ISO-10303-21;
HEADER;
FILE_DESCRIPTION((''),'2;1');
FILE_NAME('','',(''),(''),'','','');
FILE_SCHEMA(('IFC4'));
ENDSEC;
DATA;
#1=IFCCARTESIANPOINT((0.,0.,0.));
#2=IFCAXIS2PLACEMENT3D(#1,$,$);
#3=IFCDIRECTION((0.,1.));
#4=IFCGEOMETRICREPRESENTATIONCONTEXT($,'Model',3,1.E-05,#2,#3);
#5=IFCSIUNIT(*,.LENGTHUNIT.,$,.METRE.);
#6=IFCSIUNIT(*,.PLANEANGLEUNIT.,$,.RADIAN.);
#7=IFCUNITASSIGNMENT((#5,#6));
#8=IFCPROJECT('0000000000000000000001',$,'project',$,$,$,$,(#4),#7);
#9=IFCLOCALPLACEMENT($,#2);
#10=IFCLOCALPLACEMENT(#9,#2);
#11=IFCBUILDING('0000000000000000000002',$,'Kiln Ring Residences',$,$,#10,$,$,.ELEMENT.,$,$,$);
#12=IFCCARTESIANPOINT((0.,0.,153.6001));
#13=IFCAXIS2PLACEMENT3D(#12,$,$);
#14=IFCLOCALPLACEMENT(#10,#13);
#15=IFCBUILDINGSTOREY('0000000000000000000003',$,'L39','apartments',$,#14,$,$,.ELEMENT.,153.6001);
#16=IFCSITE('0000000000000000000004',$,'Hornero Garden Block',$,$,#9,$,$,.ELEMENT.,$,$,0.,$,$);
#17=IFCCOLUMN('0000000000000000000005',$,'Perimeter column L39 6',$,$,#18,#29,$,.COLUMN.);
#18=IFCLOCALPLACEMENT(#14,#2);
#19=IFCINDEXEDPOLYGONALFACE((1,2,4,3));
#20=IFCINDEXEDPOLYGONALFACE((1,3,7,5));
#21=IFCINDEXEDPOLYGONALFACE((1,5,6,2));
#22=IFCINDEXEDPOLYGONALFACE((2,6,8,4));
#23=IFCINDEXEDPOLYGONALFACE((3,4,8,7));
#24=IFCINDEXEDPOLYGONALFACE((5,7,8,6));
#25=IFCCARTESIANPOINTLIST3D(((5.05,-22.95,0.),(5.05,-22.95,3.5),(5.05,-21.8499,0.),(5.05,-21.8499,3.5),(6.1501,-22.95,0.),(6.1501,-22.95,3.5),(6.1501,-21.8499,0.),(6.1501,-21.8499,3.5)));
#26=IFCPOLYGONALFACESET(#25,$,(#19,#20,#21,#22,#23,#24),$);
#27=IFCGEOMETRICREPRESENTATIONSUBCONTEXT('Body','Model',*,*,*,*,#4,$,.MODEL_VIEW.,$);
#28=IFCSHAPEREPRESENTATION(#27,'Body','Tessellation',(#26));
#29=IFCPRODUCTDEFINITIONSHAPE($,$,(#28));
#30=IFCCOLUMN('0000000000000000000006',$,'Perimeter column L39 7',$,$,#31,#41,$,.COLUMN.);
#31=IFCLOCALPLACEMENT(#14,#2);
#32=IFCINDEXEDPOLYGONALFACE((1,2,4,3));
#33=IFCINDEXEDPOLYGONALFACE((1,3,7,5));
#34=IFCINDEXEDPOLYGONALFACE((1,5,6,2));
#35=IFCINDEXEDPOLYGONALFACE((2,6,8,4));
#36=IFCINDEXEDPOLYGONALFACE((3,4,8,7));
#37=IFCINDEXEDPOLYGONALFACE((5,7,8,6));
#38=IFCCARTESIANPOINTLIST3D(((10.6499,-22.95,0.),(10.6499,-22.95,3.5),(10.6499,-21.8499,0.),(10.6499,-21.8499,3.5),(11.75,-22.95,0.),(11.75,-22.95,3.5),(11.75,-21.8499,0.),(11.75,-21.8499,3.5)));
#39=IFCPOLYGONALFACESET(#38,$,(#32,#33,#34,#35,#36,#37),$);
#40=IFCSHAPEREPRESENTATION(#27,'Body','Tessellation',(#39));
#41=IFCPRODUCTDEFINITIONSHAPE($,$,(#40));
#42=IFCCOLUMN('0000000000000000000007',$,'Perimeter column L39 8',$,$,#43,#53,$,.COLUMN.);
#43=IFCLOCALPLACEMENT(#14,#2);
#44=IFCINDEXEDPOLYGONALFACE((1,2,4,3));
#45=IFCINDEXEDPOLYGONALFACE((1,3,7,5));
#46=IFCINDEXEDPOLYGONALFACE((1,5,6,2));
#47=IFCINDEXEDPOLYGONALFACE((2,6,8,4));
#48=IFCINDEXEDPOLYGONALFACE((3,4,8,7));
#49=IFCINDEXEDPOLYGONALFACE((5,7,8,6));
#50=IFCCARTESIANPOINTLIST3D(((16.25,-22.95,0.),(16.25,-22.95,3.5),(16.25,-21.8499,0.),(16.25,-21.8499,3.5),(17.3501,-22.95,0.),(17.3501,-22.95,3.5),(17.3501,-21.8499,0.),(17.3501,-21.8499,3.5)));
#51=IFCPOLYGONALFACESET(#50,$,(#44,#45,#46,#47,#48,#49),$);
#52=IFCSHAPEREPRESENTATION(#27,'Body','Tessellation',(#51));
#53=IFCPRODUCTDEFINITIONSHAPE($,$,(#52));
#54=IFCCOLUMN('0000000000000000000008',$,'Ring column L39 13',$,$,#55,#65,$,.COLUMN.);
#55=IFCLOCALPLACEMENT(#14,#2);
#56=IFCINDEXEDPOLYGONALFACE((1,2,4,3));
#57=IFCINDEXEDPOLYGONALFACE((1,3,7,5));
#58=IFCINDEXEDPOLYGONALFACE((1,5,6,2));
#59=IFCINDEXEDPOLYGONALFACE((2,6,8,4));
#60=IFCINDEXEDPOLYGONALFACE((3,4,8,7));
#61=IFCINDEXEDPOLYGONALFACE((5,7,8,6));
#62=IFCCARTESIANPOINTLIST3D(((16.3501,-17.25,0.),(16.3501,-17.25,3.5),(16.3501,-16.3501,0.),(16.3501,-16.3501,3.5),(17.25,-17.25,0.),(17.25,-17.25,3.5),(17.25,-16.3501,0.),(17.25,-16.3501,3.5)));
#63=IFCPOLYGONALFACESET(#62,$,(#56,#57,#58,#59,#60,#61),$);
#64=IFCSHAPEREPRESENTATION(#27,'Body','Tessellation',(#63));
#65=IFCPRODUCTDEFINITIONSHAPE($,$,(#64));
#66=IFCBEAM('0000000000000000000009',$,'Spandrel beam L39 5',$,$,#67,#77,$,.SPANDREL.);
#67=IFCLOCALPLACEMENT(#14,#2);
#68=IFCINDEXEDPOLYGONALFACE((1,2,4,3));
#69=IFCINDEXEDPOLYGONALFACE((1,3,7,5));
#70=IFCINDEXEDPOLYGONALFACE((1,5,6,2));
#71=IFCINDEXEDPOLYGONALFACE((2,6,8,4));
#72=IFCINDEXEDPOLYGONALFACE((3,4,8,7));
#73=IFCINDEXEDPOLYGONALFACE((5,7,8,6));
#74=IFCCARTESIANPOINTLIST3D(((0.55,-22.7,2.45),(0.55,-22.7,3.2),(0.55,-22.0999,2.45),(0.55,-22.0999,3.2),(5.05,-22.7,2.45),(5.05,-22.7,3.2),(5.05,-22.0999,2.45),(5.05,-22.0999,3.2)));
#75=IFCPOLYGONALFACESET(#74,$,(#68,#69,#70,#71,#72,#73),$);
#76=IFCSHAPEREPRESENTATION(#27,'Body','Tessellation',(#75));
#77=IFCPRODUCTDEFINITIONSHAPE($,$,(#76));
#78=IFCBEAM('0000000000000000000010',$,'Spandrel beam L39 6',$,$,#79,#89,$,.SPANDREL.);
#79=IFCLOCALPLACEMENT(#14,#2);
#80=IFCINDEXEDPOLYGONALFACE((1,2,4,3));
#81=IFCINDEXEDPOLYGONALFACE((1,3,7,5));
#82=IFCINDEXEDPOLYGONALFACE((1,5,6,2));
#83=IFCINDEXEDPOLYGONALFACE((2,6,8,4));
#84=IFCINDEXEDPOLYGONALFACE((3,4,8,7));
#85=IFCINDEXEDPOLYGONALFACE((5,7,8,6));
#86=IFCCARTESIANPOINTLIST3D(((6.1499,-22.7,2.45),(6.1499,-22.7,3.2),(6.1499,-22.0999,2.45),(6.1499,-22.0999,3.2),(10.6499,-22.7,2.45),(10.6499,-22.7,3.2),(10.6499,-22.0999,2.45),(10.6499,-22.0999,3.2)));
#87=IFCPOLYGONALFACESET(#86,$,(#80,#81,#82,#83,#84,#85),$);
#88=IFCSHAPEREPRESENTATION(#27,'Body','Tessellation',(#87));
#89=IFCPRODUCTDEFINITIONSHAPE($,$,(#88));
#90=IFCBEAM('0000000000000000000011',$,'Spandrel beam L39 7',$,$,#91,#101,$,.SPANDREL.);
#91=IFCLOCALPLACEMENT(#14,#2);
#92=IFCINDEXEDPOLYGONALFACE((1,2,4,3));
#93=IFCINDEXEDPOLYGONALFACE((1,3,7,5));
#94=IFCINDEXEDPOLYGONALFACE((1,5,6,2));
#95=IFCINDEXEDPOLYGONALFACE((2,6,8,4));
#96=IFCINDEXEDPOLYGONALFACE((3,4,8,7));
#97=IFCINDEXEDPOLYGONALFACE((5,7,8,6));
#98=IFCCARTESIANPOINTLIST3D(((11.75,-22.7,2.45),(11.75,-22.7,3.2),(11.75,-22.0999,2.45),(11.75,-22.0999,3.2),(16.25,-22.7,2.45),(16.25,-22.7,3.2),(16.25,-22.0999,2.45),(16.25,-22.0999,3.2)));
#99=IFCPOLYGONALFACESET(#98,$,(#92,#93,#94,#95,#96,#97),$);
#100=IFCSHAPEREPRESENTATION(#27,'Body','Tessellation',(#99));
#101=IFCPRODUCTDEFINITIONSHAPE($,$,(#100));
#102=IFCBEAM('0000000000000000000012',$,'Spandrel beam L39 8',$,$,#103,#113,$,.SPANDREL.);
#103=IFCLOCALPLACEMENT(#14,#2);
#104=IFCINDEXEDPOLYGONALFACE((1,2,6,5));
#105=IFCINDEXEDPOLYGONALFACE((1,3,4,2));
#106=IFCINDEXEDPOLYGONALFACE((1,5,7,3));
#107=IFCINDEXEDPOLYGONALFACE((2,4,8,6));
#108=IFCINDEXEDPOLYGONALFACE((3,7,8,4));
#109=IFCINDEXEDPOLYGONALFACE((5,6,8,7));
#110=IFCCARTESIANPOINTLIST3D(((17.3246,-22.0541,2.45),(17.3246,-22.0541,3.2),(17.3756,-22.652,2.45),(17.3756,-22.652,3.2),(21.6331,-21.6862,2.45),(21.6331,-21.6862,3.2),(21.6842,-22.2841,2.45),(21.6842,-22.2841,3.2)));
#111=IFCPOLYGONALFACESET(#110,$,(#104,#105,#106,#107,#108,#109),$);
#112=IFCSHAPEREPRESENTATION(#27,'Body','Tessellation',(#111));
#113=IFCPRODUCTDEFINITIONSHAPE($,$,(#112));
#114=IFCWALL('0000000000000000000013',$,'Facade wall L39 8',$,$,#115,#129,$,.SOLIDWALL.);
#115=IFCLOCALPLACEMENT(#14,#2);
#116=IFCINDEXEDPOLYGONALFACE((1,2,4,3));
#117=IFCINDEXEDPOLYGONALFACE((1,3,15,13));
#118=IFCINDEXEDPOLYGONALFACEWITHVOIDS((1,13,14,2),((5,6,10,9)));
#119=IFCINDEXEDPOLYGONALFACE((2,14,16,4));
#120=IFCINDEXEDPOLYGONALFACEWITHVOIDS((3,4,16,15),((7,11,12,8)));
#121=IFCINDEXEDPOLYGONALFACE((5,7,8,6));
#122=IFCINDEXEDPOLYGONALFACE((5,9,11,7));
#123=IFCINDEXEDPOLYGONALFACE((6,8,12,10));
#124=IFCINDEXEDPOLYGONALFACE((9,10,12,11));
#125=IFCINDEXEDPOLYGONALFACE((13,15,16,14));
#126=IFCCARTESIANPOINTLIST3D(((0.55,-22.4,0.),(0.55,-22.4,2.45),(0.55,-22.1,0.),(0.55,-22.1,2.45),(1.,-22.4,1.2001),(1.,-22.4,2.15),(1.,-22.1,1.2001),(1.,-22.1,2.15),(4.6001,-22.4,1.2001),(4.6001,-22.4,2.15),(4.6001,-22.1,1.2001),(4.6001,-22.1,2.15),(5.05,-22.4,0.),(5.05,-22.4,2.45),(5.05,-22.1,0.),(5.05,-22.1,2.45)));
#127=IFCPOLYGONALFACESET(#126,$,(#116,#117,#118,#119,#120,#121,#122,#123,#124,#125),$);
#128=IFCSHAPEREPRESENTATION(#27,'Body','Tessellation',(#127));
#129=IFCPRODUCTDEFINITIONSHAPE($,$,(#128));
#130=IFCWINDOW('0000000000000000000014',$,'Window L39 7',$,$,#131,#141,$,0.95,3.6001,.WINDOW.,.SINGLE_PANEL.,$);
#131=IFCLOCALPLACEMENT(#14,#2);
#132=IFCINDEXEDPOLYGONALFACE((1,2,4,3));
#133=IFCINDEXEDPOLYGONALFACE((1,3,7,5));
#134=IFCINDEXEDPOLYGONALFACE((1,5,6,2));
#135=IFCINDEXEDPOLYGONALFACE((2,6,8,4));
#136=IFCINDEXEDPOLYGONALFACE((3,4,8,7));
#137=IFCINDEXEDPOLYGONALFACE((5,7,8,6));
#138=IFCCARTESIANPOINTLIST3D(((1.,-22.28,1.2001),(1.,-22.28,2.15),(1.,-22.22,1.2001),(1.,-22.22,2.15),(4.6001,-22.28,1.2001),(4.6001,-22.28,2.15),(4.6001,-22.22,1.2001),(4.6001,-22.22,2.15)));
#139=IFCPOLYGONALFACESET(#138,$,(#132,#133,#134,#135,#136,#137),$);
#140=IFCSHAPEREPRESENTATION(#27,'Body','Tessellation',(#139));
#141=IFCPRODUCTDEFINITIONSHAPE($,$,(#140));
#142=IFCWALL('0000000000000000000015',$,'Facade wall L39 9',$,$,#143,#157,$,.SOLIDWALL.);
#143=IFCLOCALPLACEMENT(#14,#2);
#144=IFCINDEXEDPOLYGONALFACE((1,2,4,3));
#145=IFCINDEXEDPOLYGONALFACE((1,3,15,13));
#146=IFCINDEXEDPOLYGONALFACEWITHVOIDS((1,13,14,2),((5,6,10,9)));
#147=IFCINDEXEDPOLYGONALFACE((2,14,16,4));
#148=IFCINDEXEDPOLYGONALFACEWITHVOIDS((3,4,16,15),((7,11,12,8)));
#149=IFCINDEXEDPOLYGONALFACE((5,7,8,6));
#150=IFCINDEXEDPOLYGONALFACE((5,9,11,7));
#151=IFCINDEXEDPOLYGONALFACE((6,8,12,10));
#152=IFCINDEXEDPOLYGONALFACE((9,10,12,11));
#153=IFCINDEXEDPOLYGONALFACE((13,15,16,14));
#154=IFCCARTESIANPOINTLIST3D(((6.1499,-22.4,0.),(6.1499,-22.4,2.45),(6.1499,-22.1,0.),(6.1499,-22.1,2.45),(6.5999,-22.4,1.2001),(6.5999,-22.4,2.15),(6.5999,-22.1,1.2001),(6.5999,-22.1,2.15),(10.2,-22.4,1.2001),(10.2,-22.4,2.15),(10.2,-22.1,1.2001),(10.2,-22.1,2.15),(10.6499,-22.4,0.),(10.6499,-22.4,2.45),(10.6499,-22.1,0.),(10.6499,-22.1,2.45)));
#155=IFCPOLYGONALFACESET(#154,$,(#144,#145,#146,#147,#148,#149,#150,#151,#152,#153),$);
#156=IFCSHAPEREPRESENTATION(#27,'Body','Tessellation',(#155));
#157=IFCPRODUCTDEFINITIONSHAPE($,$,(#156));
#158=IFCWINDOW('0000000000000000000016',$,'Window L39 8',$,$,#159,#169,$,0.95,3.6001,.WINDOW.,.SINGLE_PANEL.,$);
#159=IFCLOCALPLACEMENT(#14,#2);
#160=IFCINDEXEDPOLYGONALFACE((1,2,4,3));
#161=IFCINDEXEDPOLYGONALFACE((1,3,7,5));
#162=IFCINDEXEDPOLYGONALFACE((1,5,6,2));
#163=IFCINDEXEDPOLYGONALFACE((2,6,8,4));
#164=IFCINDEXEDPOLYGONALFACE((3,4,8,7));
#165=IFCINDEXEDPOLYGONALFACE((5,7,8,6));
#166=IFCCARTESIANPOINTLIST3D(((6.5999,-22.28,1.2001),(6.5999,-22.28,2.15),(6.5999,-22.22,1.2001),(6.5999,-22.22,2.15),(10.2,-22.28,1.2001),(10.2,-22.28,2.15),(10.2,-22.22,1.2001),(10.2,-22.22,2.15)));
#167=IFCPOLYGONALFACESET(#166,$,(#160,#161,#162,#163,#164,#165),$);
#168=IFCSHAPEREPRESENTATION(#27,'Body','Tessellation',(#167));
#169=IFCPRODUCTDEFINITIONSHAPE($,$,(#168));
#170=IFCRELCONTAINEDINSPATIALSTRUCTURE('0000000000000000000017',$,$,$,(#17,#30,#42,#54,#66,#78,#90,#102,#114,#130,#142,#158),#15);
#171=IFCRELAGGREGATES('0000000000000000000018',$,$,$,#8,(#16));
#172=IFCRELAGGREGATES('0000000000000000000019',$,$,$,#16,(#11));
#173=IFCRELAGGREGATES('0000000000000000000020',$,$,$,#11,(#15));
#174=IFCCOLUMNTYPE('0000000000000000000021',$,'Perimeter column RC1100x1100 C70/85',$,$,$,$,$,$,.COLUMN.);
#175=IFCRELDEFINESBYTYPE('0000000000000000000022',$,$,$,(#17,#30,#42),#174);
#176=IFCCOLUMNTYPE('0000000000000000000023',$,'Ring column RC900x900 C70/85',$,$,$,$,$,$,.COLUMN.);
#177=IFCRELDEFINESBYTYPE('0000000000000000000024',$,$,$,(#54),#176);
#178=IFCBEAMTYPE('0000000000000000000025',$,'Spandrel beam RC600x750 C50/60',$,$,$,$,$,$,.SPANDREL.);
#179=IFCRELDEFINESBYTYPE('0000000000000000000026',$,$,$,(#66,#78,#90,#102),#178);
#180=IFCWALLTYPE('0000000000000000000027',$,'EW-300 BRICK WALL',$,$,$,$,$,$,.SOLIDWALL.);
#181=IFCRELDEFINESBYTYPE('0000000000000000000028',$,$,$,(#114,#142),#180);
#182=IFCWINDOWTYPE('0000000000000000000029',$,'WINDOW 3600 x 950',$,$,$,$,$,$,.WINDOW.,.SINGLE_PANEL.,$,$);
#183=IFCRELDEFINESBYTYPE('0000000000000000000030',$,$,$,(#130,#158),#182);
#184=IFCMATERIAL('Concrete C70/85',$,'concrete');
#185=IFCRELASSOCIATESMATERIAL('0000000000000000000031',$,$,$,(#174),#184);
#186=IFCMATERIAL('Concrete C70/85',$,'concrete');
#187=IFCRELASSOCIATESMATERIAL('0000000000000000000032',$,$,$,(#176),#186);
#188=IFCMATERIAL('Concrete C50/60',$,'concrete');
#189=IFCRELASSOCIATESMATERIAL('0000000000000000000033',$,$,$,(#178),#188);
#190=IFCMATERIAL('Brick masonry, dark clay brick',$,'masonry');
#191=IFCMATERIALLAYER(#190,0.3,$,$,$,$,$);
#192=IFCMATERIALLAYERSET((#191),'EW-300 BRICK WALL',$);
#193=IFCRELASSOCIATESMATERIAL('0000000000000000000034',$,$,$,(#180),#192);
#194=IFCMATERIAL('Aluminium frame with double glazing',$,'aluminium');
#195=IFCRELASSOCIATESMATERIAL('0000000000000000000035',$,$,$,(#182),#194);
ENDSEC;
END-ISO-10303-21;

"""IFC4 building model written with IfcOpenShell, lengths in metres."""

from ifc_helpers import new_model, si_unit, direction, frame, frame_2d, origin, origin_2d, place, context, subcontext, project, spatial, rectangle, extrude, material, layer, layer_set, material_profile, profile_set, type_object, element, fill, save


model = new_model("IFC4")

# Units and contexts
model_context = context("Model", 3, precision=1e-05, world=origin(), true_north=direction((0.0, 1.0)))
body_context = subcontext(model_context, "Body", "Model", "MODEL_VIEW")
ifc_project = project(units=[si_unit("LENGTHUNIT", "METRE"), si_unit("PLANEANGLEUNIT", "RADIAN")], contexts=[model_context])

# Site, building, storey
site_placement = place(None, origin())
site = spatial("IfcSite", under=ifc_project, at=site_placement, Name="Hornero Garden Block", CompositionType="ELEMENT", RefElevation=0.0)
building_placement = place(site_placement, origin())
building = spatial("IfcBuilding", under=site, at=building_placement, Name="Kiln Ring Residences", CompositionType="ELEMENT")
storey_placement = place(building_placement, frame((0.0, 0.0, 153.6001)))
storey = spatial("IfcBuildingStorey", under=building, at=storey_placement, Name="L39", Description="apartments", CompositionType="ELEMENT", Elevation=153.6001)

# Columns
ifc_material_1 = material(Name="Concrete C70/85", Category="concrete")
ifc_material_profile_1 = material_profile(ifc_material_1, rectangle(XDim=1.1001, YDim=1.1001, at=origin_2d()), Name="RC1100x1100")
ifc_profile_set_1 = profile_set([ifc_material_profile_1], Name="Concrete C70/85")
column_type_1 = type_object("IfcColumnType", Name="Perimeter column RC1100x1100 C70/85", PredefinedType="COLUMN", material=ifc_profile_set_1)
for number, where, z_axis, x_axis, name in (
    (1, (5.6001, -22.3999, 0.0), (0.0, 0.0, 1.0), (1.0, 0.0, 0.0), "Perimeter column L39 6"),
    (2, (11.2, -22.3999, 0.0), (0.0, 0.0, 1.0), (1.0, 0.0, 0.0), "Perimeter column L39 7"),
    (3, (16.8, -22.3999, 0.0), (0.0, 0.0, 1.0), (1.0, 0.0, 0.0), "Perimeter column L39 8"),
):
    element("IfcColumn", number, at=place(storey_placement, frame(where, z_axis=z_axis, x_axis=x_axis)), inside=storey, type_object=column_type_1, Name=name, PredefinedType="COLUMN", context=body_context, shape_type="SweptSolid", body=[
        extrude(rectangle(XDim=1.1001, YDim=1.1001, at=origin_2d()), origin(), (0.0, 0.0, 1.0), 3.5),
    ])
ifc_material_2 = material(Name="Concrete C70/85", Category="concrete")
ifc_material_profile_2 = material_profile(ifc_material_2, rectangle(XDim=0.8999, YDim=0.8999, at=origin_2d()), Name="RC900x900")
ifc_profile_set_2 = profile_set([ifc_material_profile_2], Name="Concrete C70/85")
column_type_2 = type_object("IfcColumnType", Name="Ring column RC900x900 C70/85", PredefinedType="COLUMN", material=ifc_profile_set_2)
column_placement = place(storey_placement, frame((16.8, -16.8, 0.0), z_axis=(0.0, 0.0, 1.0), x_axis=(1.0, 0.0, 0.0)))
element("IfcColumn", 4, at=column_placement, inside=storey, type_object=column_type_2, Name="Ring column L39 13", PredefinedType="COLUMN", context=body_context, shape_type="SweptSolid", body=[
    extrude(rectangle(XDim=0.8999, YDim=0.8999, at=origin_2d()), origin(), (0.0, 0.0, 1.0), 3.5),
])

# Beams
ifc_material_3 = material(Name="Concrete C50/60", Category="concrete")
ifc_material_profile_3 = material_profile(ifc_material_3, rectangle(XDim=0.6001, YDim=0.75, at=origin_2d()), Name="RC600x750")
ifc_profile_set_3 = profile_set([ifc_material_profile_3], Name="Concrete C50/60")
beam_type = type_object("IfcBeamType", Name="Spandrel beam RC600x750 C50/60", PredefinedType="SPANDREL", material=ifc_profile_set_3)
for number, where, z_axis, x_axis, name in (
    (5, (0.55, -22.3999, 2.825), (1.0, 0.0, 0.0), (0.0, 1.0, 0.0), "Spandrel beam L39 5"),
    (6, (6.1499, -22.3999, 2.825), (1.0, 0.0, 0.0), (0.0, 1.0, 0.0), "Spandrel beam L39 6"),
    (7, (11.75, -22.3999, 2.825), (1.0, 0.0, 0.0), (0.0, 1.0, 0.0), "Spandrel beam L39 7"),
):
    element("IfcBeam", number, at=place(storey_placement, frame(where, z_axis=z_axis, x_axis=x_axis)), inside=storey, type_object=beam_type, Name=name, PredefinedType="SPANDREL", context=body_context, shape_type="SweptSolid", body=[
        extrude(rectangle(XDim=0.6001, YDim=0.75, at=origin_2d()), origin(), (0.0, 0.0, 1.0), 4.5),
    ])
beam_placement = place(storey_placement, frame((17.3501, -22.353, 2.825), z_axis=(0.996374, 0.085082, 0.0), x_axis=(-0.085082, 0.996374, 0.0)))
element("IfcBeam", 8, at=beam_placement, inside=storey, type_object=beam_type, Name="Spandrel beam L39 8", PredefinedType="SPANDREL", context=body_context, shape_type="SweptSolid", body=[
    extrude(rectangle(XDim=0.6001, YDim=0.75, at=origin_2d()), origin(), (0.0, 0.0, 1.0), 4.3242),
])

# Walls, openings, windows
ifc_material_4 = material(Name="Brick masonry, dark clay brick", Category="masonry")
ifc_layer_1 = layer(ifc_material_4, 0.3)
ifc_layer_set_1 = layer_set([ifc_layer_1], Name="EW-300 BRICK WALL")
wall_type_1 = type_object("IfcWallType", Name="EW-300 BRICK WALL", PredefinedType="SOLIDWALL", material=ifc_layer_set_1)
wall_1_placement = place(storey_placement, frame((0.55, -22.25, 0.0), z_axis=(0.0, 0.0, 1.0), x_axis=(1.0, 0.0, 0.0)))
wall_1 = element("IfcWall", 9, at=wall_1_placement, inside=storey, type_object=wall_type_1, Name="Facade wall L39 8", PredefinedType="SOLIDWALL", context=body_context, shape_type="SweptSolid", body=[
    extrude(rectangle(XDim=4.5, YDim=0.3, at=frame_2d((2.25, 0.0))), origin(), (0.0, 0.0, 1.0), 2.45),
])
opening_1_placement = place(wall_1_placement, frame((0.45, 0.0, 1.2)))
opening_1 = element("IfcOpeningElement", 10, at=opening_1_placement, cuts=wall_1, PredefinedType="OPENING", context=body_context, shape_type="SweptSolid", body=[
    extrude(rectangle(XDim=3.6001, YDim=0.95, at=frame_2d((1.8, 0.4751))), frame((0.0, 0.1599, 0.0), z_axis=(0.0, -1.0, 0.0), x_axis=(1.0, 0.0, 0.0)), (0.0, 0.0, 1.0), 0.3201),
])
ifc_material_5 = material(Name="Aluminium frame with double glazing", Category="aluminium")
window_type_1 = type_object("IfcWindowType", Name="WINDOW 3600 x 950", PartitioningType="SINGLE_PANEL", PredefinedType="WINDOW", material=ifc_material_5)
window_1_placement = place(opening_1_placement, origin())
window_1 = element("IfcWindow", 11, at=window_1_placement, inside=storey, type_object=window_type_1, Name="Window L39 7", OverallHeight=0.95, OverallWidth=3.6001, PartitioningType="SINGLE_PANEL", PredefinedType="WINDOW", context=body_context, shape_type="SweptSolid", body=[
    extrude(rectangle(XDim=3.6001, YDim=0.95, at=frame_2d((1.8, 0.4751))), frame((0.0, 0.03, 0.0), z_axis=(0.0, -1.0, 0.0), x_axis=(1.0, 0.0, 0.0)), (0.0, 0.0, 1.0), 0.0601),
])
fill(opening_1, window_1)
wall_2_placement = place(storey_placement, frame((6.1499, -22.25, 0.0), z_axis=(0.0, 0.0, 1.0), x_axis=(1.0, 0.0, 0.0)))
wall_2 = element("IfcWall", 12, at=wall_2_placement, inside=storey, type_object=wall_type_1, Name="Facade wall L39 9", PredefinedType="SOLIDWALL", context=body_context, shape_type="SweptSolid", body=[
    extrude(rectangle(XDim=4.5, YDim=0.3, at=frame_2d((2.25, 0.0))), origin(), (0.0, 0.0, 1.0), 2.45),
])
opening_2_placement = place(wall_2_placement, frame((0.45, 0.0, 1.2)))
opening_2 = element("IfcOpeningElement", 13, at=opening_2_placement, cuts=wall_2, PredefinedType="OPENING", context=body_context, shape_type="SweptSolid", body=[
    extrude(rectangle(XDim=3.6001, YDim=0.95, at=frame_2d((1.8, 0.4751))), frame((0.0, 0.1599, 0.0), z_axis=(0.0, -1.0, 0.0), x_axis=(1.0, 0.0, 0.0)), (0.0, 0.0, 1.0), 0.3201),
])
window_2_placement = place(opening_2_placement, origin())
window_2 = element("IfcWindow", 14, at=window_2_placement, inside=storey, type_object=window_type_1, Name="Window L39 8", OverallHeight=0.95, OverallWidth=3.6001, PartitioningType="SINGLE_PANEL", PredefinedType="WINDOW", context=body_context, shape_type="SweptSolid", body=[
    extrude(rectangle(XDim=3.6001, YDim=0.95, at=frame_2d((1.8, 0.4751))), frame((0.0, 0.03, 0.0), z_axis=(0.0, -1.0, 0.0), x_axis=(1.0, 0.0, 0.0)), (0.0, 0.0, 1.0), 0.0601),
])
fill(opening_2, window_2)

save(model, "model.ifc")
